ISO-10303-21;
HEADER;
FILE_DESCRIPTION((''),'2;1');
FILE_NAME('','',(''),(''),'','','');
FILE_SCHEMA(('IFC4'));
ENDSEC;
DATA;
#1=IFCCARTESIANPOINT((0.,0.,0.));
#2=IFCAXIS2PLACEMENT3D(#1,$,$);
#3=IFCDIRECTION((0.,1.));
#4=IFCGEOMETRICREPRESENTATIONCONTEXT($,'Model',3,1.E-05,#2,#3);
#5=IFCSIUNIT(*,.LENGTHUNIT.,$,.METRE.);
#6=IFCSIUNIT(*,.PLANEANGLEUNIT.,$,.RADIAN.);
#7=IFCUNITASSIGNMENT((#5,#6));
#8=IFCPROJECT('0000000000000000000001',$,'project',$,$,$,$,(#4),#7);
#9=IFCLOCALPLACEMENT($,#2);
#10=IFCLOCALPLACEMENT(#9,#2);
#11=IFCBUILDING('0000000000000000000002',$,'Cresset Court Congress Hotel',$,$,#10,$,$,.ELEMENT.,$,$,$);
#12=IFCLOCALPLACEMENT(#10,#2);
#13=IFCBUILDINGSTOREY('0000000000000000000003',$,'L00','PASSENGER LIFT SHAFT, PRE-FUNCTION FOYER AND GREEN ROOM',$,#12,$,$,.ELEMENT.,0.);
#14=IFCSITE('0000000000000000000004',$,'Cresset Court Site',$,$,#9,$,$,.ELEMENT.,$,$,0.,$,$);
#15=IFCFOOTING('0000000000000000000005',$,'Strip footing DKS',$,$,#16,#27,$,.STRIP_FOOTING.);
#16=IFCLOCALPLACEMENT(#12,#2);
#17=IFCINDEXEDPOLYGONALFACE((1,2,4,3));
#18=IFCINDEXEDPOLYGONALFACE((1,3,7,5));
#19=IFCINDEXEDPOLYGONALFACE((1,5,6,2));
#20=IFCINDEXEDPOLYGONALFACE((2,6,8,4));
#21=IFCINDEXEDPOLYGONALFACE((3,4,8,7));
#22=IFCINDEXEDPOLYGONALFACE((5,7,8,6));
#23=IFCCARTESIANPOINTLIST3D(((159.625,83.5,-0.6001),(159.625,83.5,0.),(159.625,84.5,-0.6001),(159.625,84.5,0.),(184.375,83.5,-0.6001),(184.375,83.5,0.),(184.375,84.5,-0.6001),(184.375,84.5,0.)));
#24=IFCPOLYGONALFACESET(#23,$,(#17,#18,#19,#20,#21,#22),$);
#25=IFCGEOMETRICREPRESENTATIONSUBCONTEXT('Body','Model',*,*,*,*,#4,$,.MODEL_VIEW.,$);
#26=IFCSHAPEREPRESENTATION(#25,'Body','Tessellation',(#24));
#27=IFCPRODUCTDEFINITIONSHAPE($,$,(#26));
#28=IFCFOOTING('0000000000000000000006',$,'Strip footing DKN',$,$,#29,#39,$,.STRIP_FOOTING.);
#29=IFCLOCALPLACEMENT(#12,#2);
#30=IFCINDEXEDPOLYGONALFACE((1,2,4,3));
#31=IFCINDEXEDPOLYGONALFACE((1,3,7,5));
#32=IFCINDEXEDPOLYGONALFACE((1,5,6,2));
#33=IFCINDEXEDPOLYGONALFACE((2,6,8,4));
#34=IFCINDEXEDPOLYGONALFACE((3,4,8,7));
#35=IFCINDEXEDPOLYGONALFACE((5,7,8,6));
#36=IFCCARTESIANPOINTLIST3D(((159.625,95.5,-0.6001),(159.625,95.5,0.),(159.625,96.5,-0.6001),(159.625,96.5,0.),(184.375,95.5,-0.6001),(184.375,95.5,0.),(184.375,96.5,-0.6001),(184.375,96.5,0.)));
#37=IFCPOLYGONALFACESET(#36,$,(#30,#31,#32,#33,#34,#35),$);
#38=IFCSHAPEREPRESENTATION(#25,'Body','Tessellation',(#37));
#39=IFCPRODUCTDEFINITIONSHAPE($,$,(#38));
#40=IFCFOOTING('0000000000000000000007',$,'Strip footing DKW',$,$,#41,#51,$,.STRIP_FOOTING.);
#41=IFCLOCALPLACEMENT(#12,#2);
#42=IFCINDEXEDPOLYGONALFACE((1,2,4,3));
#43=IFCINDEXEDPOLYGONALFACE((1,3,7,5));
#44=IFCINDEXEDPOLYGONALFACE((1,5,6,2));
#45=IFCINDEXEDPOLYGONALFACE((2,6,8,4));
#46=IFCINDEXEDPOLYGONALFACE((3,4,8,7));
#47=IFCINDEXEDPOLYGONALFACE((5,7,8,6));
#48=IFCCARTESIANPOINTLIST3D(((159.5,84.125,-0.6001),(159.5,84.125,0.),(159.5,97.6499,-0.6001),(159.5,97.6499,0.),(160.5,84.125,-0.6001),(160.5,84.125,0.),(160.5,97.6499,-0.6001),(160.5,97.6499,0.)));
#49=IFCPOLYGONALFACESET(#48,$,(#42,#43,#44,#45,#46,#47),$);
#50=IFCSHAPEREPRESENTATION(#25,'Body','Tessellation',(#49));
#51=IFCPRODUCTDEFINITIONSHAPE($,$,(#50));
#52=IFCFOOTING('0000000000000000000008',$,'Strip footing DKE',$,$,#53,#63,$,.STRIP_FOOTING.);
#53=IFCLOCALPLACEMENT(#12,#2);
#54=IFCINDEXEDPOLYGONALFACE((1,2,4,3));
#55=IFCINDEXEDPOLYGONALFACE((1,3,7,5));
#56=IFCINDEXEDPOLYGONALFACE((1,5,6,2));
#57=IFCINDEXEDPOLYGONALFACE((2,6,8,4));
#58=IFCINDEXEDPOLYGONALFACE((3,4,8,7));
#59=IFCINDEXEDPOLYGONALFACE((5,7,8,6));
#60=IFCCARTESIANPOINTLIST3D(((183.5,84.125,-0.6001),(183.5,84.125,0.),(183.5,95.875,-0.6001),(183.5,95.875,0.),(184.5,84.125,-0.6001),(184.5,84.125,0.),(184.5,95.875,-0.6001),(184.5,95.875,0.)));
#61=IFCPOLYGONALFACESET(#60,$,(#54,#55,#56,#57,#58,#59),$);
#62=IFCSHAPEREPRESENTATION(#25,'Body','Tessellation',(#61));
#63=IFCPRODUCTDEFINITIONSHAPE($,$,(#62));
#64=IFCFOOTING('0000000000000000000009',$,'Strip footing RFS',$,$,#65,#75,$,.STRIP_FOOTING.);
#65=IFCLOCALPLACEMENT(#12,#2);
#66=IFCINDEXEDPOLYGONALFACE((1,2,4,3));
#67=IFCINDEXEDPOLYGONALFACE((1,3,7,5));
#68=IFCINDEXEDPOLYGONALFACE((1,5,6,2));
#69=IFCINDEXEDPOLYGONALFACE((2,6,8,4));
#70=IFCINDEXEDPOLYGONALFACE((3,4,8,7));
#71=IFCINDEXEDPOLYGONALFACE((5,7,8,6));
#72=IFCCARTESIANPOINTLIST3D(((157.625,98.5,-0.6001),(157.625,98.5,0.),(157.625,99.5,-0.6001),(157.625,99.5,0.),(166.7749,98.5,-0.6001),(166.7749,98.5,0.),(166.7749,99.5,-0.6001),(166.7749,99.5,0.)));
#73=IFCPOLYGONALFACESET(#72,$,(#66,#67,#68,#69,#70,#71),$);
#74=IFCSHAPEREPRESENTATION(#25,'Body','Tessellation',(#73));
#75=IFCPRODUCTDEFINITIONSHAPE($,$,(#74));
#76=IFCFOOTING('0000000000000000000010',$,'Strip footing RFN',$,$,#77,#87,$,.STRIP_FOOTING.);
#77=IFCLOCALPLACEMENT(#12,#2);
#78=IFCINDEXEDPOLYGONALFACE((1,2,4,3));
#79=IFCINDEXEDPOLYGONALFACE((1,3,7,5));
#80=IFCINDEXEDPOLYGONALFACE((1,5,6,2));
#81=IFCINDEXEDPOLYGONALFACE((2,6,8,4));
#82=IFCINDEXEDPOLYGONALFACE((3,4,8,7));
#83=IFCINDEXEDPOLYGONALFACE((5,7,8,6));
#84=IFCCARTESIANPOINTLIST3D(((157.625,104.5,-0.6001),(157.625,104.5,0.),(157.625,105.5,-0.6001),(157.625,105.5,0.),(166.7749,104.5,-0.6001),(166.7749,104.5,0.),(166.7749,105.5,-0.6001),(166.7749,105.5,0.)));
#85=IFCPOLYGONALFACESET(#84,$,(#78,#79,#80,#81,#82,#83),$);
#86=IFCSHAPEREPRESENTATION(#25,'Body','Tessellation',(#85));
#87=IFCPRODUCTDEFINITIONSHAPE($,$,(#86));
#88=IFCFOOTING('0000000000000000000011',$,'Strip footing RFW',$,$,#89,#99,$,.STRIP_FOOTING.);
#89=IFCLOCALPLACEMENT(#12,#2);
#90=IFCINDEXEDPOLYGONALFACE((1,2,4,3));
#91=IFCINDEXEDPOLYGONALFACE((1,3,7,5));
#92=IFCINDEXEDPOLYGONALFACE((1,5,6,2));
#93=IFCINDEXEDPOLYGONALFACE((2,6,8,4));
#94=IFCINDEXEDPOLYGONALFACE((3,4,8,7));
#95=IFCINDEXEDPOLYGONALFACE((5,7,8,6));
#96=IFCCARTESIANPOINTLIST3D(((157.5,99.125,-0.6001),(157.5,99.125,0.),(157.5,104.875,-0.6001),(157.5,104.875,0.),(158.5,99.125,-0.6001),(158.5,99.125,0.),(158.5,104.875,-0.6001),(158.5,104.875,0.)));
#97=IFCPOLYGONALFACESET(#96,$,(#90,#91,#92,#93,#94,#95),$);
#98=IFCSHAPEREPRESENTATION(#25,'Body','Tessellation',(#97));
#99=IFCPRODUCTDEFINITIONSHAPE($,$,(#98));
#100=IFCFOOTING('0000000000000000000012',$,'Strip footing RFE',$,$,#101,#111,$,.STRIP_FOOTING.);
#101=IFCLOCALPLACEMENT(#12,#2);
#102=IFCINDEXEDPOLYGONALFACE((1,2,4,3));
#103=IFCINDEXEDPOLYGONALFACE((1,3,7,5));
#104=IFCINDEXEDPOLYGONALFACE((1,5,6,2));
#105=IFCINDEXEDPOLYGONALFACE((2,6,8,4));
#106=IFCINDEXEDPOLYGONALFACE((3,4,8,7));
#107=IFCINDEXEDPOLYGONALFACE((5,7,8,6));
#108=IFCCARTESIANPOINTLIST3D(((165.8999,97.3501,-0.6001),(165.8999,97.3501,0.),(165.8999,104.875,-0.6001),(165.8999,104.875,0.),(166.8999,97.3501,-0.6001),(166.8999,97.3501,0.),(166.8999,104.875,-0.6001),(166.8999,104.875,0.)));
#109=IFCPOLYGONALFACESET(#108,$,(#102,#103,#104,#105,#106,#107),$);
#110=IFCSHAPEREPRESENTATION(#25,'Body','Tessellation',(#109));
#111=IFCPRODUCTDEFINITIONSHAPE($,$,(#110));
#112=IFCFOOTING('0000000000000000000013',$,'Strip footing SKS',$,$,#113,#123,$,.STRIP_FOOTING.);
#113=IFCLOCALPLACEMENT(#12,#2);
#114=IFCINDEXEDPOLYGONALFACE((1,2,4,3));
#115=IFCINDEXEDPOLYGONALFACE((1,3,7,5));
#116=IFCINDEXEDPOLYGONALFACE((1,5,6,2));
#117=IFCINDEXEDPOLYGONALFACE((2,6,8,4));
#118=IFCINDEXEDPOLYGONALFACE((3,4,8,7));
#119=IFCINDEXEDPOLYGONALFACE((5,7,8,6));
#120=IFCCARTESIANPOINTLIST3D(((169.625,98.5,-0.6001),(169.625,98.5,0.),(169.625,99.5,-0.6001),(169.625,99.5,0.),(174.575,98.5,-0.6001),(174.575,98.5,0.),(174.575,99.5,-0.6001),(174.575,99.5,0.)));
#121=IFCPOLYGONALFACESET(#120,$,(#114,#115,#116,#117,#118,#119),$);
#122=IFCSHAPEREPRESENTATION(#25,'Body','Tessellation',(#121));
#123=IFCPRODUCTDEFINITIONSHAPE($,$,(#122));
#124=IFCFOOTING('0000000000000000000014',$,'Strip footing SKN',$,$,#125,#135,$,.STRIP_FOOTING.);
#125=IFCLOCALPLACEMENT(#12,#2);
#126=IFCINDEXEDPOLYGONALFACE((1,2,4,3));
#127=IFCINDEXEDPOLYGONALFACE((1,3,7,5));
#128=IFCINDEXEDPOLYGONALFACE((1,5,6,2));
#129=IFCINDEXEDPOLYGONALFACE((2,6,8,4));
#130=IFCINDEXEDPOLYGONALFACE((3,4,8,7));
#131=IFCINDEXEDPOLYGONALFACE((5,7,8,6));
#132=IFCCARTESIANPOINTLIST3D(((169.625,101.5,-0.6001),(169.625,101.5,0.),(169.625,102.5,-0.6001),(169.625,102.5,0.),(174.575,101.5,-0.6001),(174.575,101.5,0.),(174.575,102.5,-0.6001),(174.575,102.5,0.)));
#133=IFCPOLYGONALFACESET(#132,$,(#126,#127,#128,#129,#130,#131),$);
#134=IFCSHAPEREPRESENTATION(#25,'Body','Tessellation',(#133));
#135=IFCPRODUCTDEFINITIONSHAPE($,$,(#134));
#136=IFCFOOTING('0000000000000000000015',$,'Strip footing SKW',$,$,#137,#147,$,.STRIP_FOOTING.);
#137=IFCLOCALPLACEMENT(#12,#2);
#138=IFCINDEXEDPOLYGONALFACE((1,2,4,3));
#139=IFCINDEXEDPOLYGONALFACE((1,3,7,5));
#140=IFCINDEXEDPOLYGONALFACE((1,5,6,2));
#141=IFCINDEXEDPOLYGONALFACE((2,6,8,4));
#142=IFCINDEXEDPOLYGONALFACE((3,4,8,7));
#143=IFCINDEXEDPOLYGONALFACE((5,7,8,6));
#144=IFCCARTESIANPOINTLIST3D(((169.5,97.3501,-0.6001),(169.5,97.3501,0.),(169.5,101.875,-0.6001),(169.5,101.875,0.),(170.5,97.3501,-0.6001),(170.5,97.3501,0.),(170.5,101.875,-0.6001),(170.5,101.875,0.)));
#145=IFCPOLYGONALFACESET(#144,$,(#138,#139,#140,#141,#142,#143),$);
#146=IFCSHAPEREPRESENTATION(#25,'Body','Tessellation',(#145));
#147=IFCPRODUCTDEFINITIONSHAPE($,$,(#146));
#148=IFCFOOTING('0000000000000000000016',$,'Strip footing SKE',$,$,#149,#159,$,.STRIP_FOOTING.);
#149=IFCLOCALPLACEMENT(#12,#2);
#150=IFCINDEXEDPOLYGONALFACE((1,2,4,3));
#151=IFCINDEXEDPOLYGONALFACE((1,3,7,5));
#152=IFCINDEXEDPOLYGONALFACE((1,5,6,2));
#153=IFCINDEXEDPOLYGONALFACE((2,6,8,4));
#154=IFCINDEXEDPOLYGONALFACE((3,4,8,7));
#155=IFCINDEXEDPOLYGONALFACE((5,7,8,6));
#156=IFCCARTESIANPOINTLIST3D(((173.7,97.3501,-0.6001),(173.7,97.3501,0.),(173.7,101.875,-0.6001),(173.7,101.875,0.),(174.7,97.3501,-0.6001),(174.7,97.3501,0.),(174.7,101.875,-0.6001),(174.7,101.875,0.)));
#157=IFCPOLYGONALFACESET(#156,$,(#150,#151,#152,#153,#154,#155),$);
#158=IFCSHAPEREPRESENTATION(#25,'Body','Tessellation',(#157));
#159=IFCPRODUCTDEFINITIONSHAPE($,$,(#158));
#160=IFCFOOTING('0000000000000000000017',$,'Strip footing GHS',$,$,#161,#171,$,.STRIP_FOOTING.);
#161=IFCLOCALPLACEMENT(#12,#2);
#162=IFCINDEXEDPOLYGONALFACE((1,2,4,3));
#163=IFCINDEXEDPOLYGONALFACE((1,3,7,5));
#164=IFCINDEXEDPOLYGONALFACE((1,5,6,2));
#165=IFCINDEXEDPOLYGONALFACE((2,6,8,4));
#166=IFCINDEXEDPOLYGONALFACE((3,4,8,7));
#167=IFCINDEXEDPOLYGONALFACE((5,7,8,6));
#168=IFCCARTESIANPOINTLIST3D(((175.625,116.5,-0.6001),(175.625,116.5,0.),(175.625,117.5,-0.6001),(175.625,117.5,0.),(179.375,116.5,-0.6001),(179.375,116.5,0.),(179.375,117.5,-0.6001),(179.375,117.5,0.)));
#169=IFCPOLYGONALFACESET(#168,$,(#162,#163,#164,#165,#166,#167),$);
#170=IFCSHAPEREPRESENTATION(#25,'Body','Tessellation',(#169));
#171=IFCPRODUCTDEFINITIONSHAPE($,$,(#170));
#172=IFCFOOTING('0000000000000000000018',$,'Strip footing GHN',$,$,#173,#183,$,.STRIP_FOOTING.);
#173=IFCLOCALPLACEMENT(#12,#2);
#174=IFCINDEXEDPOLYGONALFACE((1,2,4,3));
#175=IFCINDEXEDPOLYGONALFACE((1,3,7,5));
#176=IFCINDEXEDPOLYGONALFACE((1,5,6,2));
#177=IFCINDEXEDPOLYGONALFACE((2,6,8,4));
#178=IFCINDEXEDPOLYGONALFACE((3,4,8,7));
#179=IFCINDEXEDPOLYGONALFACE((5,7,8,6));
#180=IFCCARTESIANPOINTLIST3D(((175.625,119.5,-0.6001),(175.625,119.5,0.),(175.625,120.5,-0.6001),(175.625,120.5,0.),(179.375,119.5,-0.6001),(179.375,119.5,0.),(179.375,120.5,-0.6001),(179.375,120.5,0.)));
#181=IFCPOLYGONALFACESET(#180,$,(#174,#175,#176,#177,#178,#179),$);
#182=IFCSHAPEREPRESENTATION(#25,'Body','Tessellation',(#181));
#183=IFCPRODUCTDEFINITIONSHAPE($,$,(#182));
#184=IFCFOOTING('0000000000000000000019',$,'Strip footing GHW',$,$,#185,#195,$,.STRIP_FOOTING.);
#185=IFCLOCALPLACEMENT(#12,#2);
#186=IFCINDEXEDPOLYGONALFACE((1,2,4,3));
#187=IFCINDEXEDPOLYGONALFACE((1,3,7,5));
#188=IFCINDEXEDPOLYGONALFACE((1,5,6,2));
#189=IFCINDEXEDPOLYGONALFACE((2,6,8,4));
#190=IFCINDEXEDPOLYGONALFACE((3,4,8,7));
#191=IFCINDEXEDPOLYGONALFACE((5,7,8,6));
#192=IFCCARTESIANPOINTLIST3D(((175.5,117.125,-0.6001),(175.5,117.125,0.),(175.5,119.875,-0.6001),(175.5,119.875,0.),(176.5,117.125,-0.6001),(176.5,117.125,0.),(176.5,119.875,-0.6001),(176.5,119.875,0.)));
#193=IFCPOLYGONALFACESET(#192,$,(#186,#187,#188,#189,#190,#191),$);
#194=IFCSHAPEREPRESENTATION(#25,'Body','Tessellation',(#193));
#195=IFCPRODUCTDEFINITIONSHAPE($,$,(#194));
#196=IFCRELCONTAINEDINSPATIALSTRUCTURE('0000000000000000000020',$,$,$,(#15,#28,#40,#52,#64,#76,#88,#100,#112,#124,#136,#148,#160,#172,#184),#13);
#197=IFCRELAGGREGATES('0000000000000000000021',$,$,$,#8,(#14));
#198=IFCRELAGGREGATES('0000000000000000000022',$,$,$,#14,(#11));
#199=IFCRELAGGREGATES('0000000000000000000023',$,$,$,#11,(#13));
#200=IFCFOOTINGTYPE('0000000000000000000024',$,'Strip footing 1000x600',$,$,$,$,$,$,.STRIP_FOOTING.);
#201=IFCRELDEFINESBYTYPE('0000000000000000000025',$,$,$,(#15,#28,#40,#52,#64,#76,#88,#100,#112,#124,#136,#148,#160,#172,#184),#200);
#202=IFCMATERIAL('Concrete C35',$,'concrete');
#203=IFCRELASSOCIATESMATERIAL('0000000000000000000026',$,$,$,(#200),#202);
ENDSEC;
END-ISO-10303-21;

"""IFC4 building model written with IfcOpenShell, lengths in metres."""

from ifc_helpers import new_model, si_unit, direction, frame, origin, place, context, subcontext, project, spatial, polyline, outline, extrude, material, type_object, element, save


model = new_model("IFC4")

# Units and contexts
model_context = context("Model", 3, precision=1e-05, world=origin(), true_north=direction((0.0, 1.0)))
body_context = subcontext(model_context, "Body", "Model", "MODEL_VIEW")
ifc_project = project(units=[si_unit("LENGTHUNIT", "METRE"), si_unit("PLANEANGLEUNIT", "RADIAN")], contexts=[model_context])

# Site, building, storey
site_placement = place(None, origin())
site = spatial("IfcSite", under=ifc_project, at=site_placement, Name="Cresset Court Site", CompositionType="ELEMENT", RefElevation=0.0)
building_placement = place(site_placement, origin())
building = spatial("IfcBuilding", under=site, at=building_placement, Name="Cresset Court Congress Hotel", CompositionType="ELEMENT")
storey_placement = place(building_placement, origin())
storey = spatial("IfcBuildingStorey", under=building, at=storey_placement, Name="L00", Description="PASSENGER LIFT SHAFT, PRE-FUNCTION FOYER AND GREEN ROOM", CompositionType="ELEMENT", Elevation=0.0)

# Footings
ifc_material_1 = material(Name="Concrete C35", Category="concrete")
footing_type = type_object("IfcFootingType", Name="Strip footing 1000x600", PredefinedType="STRIP_FOOTING", material=ifc_material_1)
footing_1_placement = place(storey_placement, frame((0.0, 0.0, -0.6001)))
element("IfcFooting", 1, at=footing_1_placement, inside=storey, type_object=footing_type, Name="Strip footing DKS", PredefinedType="STRIP_FOOTING", context=body_context, shape_type="SweptSolid", body=[
    extrude(outline(polyline([(159.625, 83.5), (184.375, 83.5), (184.375, 84.5), (159.625, 84.5), (159.625, 83.5)])), origin(), (0.0, 0.0, 1.0), 0.6001),
])
footing_2_placement = place(storey_placement, frame((0.0, 0.0, -0.6001)))
element("IfcFooting", 2, at=footing_2_placement, inside=storey, type_object=footing_type, Name="Strip footing DKN", PredefinedType="STRIP_FOOTING", context=body_context, shape_type="SweptSolid", body=[
    extrude(outline(polyline([(159.625, 95.5), (184.375, 95.5), (184.375, 96.5), (159.625, 96.5), (159.625, 95.5)])), origin(), (0.0, 0.0, 1.0), 0.6001),
])
footing_3_placement = place(storey_placement, frame((0.0, 0.0, -0.6001)))
element("IfcFooting", 3, at=footing_3_placement, inside=storey, type_object=footing_type, Name="Strip footing DKW", PredefinedType="STRIP_FOOTING", context=body_context, shape_type="SweptSolid", body=[
    extrude(outline(polyline([(159.5, 84.125), (160.5, 84.125), (160.5, 97.6499), (159.5, 97.6499), (159.5, 84.125)])), origin(), (0.0, 0.0, 1.0), 0.6001),
])
footing_4_placement = place(storey_placement, frame((0.0, 0.0, -0.6001)))
element("IfcFooting", 4, at=footing_4_placement, inside=storey, type_object=footing_type, Name="Strip footing DKE", PredefinedType="STRIP_FOOTING", context=body_context, shape_type="SweptSolid", body=[
    extrude(outline(polyline([(183.5, 84.125), (184.5, 84.125), (184.5, 95.875), (183.5, 95.875), (183.5, 84.125)])), origin(), (0.0, 0.0, 1.0), 0.6001),
])
footing_5_placement = place(storey_placement, frame((0.0, 0.0, -0.6001)))
element("IfcFooting", 5, at=footing_5_placement, inside=storey, type_object=footing_type, Name="Strip footing RFS", PredefinedType="STRIP_FOOTING", context=body_context, shape_type="SweptSolid", body=[
    extrude(outline(polyline([(157.625, 98.5), (166.7749, 98.5), (166.7749, 99.5), (157.625, 99.5), (157.625, 98.5)])), origin(), (0.0, 0.0, 1.0), 0.6001),
])
footing_6_placement = place(storey_placement, frame((0.0, 0.0, -0.6001)))
element("IfcFooting", 6, at=footing_6_placement, inside=storey, type_object=footing_type, Name="Strip footing RFN", PredefinedType="STRIP_FOOTING", context=body_context, shape_type="SweptSolid", body=[
    extrude(outline(polyline([(157.625, 104.5), (166.7749, 104.5), (166.7749, 105.5), (157.625, 105.5), (157.625, 104.5)])), origin(), (0.0, 0.0, 1.0), 0.6001),
])
footing_7_placement = place(storey_placement, frame((0.0, 0.0, -0.6001)))
element("IfcFooting", 7, at=footing_7_placement, inside=storey, type_object=footing_type, Name="Strip footing RFW", PredefinedType="STRIP_FOOTING", context=body_context, shape_type="SweptSolid", body=[
    extrude(outline(polyline([(157.5, 99.125), (158.5, 99.125), (158.5, 104.875), (157.5, 104.875), (157.5, 99.125)])), origin(), (0.0, 0.0, 1.0), 0.6001),
])
footing_8_placement = place(storey_placement, frame((0.0, 0.0, -0.6001)))
element("IfcFooting", 8, at=footing_8_placement, inside=storey, type_object=footing_type, Name="Strip footing RFE", PredefinedType="STRIP_FOOTING", context=body_context, shape_type="SweptSolid", body=[
    extrude(outline(polyline([(165.8999, 97.3501), (166.8999, 97.3501), (166.8999, 104.875), (165.8999, 104.875), (165.8999, 97.3501)])), origin(), (0.0, 0.0, 1.0), 0.6001),
])
footing_9_placement = place(storey_placement, frame((0.0, 0.0, -0.6001)))
element("IfcFooting", 9, at=footing_9_placement, inside=storey, type_object=footing_type, Name="Strip footing SKS", PredefinedType="STRIP_FOOTING", context=body_context, shape_type="SweptSolid", body=[
    extrude(outline(polyline([(169.625, 98.5), (174.575, 98.5), (174.575, 99.5), (169.625, 99.5), (169.625, 98.5)])), origin(), (0.0, 0.0, 1.0), 0.6001),
])
footing_10_placement = place(storey_placement, frame((0.0, 0.0, -0.6001)))
element("IfcFooting", 10, at=footing_10_placement, inside=storey, type_object=footing_type, Name="Strip footing SKN", PredefinedType="STRIP_FOOTING", context=body_context, shape_type="SweptSolid", body=[
    extrude(outline(polyline([(169.625, 101.5), (174.575, 101.5), (174.575, 102.5), (169.625, 102.5), (169.625, 101.5)])), origin(), (0.0, 0.0, 1.0), 0.6001),
])
footing_11_placement = place(storey_placement, frame((0.0, 0.0, -0.6001)))
element("IfcFooting", 11, at=footing_11_placement, inside=storey, type_object=footing_type, Name="Strip footing SKW", PredefinedType="STRIP_FOOTING", context=body_context, shape_type="SweptSolid", body=[
    extrude(outline(polyline([(169.5, 97.3501), (170.5, 97.3501), (170.5, 101.875), (169.5, 101.875), (169.5, 97.3501)])), origin(), (0.0, 0.0, 1.0), 0.6001),
])
footing_12_placement = place(storey_placement, frame((0.0, 0.0, -0.6001)))
element("IfcFooting", 12, at=footing_12_placement, inside=storey, type_object=footing_type, Name="Strip footing SKE", PredefinedType="STRIP_FOOTING", context=body_context, shape_type="SweptSolid", body=[
    extrude(outline(polyline([(173.7, 97.3501), (174.7, 97.3501), (174.7, 101.875), (173.7, 101.875), (173.7, 97.3501)])), origin(), (0.0, 0.0, 1.0), 0.6001),
])
footing_13_placement = place(storey_placement, frame((0.0, 0.0, -0.6001)))
element("IfcFooting", 13, at=footing_13_placement, inside=storey, type_object=footing_type, Name="Strip footing GHS", PredefinedType="STRIP_FOOTING", context=body_context, shape_type="SweptSolid", body=[
    extrude(outline(polyline([(175.625, 116.5), (179.375, 116.5), (179.375, 117.5), (175.625, 117.5), (175.625, 116.5)])), origin(), (0.0, 0.0, 1.0), 0.6001),
])
footing_14_placement = place(storey_placement, frame((0.0, 0.0, -0.6001)))
element("IfcFooting", 14, at=footing_14_placement, inside=storey, type_object=footing_type, Name="Strip footing GHN", PredefinedType="STRIP_FOOTING", context=body_context, shape_type="SweptSolid", body=[
    extrude(outline(polyline([(175.625, 119.5), (179.375, 119.5), (179.375, 120.5), (175.625, 120.5), (175.625, 119.5)])), origin(), (0.0, 0.0, 1.0), 0.6001),
])
footing_15_placement = place(storey_placement, frame((0.0, 0.0, -0.6001)))
element("IfcFooting", 15, at=footing_15_placement, inside=storey, type_object=footing_type, Name="Strip footing GHW", PredefinedType="STRIP_FOOTING", context=body_context, shape_type="SweptSolid", body=[
    extrude(outline(polyline([(175.5, 117.125), (176.5, 117.125), (176.5, 119.875), (175.5, 119.875), (175.5, 117.125)])), origin(), (0.0, 0.0, 1.0), 0.6001),
])

save(model, "model.ifc")
